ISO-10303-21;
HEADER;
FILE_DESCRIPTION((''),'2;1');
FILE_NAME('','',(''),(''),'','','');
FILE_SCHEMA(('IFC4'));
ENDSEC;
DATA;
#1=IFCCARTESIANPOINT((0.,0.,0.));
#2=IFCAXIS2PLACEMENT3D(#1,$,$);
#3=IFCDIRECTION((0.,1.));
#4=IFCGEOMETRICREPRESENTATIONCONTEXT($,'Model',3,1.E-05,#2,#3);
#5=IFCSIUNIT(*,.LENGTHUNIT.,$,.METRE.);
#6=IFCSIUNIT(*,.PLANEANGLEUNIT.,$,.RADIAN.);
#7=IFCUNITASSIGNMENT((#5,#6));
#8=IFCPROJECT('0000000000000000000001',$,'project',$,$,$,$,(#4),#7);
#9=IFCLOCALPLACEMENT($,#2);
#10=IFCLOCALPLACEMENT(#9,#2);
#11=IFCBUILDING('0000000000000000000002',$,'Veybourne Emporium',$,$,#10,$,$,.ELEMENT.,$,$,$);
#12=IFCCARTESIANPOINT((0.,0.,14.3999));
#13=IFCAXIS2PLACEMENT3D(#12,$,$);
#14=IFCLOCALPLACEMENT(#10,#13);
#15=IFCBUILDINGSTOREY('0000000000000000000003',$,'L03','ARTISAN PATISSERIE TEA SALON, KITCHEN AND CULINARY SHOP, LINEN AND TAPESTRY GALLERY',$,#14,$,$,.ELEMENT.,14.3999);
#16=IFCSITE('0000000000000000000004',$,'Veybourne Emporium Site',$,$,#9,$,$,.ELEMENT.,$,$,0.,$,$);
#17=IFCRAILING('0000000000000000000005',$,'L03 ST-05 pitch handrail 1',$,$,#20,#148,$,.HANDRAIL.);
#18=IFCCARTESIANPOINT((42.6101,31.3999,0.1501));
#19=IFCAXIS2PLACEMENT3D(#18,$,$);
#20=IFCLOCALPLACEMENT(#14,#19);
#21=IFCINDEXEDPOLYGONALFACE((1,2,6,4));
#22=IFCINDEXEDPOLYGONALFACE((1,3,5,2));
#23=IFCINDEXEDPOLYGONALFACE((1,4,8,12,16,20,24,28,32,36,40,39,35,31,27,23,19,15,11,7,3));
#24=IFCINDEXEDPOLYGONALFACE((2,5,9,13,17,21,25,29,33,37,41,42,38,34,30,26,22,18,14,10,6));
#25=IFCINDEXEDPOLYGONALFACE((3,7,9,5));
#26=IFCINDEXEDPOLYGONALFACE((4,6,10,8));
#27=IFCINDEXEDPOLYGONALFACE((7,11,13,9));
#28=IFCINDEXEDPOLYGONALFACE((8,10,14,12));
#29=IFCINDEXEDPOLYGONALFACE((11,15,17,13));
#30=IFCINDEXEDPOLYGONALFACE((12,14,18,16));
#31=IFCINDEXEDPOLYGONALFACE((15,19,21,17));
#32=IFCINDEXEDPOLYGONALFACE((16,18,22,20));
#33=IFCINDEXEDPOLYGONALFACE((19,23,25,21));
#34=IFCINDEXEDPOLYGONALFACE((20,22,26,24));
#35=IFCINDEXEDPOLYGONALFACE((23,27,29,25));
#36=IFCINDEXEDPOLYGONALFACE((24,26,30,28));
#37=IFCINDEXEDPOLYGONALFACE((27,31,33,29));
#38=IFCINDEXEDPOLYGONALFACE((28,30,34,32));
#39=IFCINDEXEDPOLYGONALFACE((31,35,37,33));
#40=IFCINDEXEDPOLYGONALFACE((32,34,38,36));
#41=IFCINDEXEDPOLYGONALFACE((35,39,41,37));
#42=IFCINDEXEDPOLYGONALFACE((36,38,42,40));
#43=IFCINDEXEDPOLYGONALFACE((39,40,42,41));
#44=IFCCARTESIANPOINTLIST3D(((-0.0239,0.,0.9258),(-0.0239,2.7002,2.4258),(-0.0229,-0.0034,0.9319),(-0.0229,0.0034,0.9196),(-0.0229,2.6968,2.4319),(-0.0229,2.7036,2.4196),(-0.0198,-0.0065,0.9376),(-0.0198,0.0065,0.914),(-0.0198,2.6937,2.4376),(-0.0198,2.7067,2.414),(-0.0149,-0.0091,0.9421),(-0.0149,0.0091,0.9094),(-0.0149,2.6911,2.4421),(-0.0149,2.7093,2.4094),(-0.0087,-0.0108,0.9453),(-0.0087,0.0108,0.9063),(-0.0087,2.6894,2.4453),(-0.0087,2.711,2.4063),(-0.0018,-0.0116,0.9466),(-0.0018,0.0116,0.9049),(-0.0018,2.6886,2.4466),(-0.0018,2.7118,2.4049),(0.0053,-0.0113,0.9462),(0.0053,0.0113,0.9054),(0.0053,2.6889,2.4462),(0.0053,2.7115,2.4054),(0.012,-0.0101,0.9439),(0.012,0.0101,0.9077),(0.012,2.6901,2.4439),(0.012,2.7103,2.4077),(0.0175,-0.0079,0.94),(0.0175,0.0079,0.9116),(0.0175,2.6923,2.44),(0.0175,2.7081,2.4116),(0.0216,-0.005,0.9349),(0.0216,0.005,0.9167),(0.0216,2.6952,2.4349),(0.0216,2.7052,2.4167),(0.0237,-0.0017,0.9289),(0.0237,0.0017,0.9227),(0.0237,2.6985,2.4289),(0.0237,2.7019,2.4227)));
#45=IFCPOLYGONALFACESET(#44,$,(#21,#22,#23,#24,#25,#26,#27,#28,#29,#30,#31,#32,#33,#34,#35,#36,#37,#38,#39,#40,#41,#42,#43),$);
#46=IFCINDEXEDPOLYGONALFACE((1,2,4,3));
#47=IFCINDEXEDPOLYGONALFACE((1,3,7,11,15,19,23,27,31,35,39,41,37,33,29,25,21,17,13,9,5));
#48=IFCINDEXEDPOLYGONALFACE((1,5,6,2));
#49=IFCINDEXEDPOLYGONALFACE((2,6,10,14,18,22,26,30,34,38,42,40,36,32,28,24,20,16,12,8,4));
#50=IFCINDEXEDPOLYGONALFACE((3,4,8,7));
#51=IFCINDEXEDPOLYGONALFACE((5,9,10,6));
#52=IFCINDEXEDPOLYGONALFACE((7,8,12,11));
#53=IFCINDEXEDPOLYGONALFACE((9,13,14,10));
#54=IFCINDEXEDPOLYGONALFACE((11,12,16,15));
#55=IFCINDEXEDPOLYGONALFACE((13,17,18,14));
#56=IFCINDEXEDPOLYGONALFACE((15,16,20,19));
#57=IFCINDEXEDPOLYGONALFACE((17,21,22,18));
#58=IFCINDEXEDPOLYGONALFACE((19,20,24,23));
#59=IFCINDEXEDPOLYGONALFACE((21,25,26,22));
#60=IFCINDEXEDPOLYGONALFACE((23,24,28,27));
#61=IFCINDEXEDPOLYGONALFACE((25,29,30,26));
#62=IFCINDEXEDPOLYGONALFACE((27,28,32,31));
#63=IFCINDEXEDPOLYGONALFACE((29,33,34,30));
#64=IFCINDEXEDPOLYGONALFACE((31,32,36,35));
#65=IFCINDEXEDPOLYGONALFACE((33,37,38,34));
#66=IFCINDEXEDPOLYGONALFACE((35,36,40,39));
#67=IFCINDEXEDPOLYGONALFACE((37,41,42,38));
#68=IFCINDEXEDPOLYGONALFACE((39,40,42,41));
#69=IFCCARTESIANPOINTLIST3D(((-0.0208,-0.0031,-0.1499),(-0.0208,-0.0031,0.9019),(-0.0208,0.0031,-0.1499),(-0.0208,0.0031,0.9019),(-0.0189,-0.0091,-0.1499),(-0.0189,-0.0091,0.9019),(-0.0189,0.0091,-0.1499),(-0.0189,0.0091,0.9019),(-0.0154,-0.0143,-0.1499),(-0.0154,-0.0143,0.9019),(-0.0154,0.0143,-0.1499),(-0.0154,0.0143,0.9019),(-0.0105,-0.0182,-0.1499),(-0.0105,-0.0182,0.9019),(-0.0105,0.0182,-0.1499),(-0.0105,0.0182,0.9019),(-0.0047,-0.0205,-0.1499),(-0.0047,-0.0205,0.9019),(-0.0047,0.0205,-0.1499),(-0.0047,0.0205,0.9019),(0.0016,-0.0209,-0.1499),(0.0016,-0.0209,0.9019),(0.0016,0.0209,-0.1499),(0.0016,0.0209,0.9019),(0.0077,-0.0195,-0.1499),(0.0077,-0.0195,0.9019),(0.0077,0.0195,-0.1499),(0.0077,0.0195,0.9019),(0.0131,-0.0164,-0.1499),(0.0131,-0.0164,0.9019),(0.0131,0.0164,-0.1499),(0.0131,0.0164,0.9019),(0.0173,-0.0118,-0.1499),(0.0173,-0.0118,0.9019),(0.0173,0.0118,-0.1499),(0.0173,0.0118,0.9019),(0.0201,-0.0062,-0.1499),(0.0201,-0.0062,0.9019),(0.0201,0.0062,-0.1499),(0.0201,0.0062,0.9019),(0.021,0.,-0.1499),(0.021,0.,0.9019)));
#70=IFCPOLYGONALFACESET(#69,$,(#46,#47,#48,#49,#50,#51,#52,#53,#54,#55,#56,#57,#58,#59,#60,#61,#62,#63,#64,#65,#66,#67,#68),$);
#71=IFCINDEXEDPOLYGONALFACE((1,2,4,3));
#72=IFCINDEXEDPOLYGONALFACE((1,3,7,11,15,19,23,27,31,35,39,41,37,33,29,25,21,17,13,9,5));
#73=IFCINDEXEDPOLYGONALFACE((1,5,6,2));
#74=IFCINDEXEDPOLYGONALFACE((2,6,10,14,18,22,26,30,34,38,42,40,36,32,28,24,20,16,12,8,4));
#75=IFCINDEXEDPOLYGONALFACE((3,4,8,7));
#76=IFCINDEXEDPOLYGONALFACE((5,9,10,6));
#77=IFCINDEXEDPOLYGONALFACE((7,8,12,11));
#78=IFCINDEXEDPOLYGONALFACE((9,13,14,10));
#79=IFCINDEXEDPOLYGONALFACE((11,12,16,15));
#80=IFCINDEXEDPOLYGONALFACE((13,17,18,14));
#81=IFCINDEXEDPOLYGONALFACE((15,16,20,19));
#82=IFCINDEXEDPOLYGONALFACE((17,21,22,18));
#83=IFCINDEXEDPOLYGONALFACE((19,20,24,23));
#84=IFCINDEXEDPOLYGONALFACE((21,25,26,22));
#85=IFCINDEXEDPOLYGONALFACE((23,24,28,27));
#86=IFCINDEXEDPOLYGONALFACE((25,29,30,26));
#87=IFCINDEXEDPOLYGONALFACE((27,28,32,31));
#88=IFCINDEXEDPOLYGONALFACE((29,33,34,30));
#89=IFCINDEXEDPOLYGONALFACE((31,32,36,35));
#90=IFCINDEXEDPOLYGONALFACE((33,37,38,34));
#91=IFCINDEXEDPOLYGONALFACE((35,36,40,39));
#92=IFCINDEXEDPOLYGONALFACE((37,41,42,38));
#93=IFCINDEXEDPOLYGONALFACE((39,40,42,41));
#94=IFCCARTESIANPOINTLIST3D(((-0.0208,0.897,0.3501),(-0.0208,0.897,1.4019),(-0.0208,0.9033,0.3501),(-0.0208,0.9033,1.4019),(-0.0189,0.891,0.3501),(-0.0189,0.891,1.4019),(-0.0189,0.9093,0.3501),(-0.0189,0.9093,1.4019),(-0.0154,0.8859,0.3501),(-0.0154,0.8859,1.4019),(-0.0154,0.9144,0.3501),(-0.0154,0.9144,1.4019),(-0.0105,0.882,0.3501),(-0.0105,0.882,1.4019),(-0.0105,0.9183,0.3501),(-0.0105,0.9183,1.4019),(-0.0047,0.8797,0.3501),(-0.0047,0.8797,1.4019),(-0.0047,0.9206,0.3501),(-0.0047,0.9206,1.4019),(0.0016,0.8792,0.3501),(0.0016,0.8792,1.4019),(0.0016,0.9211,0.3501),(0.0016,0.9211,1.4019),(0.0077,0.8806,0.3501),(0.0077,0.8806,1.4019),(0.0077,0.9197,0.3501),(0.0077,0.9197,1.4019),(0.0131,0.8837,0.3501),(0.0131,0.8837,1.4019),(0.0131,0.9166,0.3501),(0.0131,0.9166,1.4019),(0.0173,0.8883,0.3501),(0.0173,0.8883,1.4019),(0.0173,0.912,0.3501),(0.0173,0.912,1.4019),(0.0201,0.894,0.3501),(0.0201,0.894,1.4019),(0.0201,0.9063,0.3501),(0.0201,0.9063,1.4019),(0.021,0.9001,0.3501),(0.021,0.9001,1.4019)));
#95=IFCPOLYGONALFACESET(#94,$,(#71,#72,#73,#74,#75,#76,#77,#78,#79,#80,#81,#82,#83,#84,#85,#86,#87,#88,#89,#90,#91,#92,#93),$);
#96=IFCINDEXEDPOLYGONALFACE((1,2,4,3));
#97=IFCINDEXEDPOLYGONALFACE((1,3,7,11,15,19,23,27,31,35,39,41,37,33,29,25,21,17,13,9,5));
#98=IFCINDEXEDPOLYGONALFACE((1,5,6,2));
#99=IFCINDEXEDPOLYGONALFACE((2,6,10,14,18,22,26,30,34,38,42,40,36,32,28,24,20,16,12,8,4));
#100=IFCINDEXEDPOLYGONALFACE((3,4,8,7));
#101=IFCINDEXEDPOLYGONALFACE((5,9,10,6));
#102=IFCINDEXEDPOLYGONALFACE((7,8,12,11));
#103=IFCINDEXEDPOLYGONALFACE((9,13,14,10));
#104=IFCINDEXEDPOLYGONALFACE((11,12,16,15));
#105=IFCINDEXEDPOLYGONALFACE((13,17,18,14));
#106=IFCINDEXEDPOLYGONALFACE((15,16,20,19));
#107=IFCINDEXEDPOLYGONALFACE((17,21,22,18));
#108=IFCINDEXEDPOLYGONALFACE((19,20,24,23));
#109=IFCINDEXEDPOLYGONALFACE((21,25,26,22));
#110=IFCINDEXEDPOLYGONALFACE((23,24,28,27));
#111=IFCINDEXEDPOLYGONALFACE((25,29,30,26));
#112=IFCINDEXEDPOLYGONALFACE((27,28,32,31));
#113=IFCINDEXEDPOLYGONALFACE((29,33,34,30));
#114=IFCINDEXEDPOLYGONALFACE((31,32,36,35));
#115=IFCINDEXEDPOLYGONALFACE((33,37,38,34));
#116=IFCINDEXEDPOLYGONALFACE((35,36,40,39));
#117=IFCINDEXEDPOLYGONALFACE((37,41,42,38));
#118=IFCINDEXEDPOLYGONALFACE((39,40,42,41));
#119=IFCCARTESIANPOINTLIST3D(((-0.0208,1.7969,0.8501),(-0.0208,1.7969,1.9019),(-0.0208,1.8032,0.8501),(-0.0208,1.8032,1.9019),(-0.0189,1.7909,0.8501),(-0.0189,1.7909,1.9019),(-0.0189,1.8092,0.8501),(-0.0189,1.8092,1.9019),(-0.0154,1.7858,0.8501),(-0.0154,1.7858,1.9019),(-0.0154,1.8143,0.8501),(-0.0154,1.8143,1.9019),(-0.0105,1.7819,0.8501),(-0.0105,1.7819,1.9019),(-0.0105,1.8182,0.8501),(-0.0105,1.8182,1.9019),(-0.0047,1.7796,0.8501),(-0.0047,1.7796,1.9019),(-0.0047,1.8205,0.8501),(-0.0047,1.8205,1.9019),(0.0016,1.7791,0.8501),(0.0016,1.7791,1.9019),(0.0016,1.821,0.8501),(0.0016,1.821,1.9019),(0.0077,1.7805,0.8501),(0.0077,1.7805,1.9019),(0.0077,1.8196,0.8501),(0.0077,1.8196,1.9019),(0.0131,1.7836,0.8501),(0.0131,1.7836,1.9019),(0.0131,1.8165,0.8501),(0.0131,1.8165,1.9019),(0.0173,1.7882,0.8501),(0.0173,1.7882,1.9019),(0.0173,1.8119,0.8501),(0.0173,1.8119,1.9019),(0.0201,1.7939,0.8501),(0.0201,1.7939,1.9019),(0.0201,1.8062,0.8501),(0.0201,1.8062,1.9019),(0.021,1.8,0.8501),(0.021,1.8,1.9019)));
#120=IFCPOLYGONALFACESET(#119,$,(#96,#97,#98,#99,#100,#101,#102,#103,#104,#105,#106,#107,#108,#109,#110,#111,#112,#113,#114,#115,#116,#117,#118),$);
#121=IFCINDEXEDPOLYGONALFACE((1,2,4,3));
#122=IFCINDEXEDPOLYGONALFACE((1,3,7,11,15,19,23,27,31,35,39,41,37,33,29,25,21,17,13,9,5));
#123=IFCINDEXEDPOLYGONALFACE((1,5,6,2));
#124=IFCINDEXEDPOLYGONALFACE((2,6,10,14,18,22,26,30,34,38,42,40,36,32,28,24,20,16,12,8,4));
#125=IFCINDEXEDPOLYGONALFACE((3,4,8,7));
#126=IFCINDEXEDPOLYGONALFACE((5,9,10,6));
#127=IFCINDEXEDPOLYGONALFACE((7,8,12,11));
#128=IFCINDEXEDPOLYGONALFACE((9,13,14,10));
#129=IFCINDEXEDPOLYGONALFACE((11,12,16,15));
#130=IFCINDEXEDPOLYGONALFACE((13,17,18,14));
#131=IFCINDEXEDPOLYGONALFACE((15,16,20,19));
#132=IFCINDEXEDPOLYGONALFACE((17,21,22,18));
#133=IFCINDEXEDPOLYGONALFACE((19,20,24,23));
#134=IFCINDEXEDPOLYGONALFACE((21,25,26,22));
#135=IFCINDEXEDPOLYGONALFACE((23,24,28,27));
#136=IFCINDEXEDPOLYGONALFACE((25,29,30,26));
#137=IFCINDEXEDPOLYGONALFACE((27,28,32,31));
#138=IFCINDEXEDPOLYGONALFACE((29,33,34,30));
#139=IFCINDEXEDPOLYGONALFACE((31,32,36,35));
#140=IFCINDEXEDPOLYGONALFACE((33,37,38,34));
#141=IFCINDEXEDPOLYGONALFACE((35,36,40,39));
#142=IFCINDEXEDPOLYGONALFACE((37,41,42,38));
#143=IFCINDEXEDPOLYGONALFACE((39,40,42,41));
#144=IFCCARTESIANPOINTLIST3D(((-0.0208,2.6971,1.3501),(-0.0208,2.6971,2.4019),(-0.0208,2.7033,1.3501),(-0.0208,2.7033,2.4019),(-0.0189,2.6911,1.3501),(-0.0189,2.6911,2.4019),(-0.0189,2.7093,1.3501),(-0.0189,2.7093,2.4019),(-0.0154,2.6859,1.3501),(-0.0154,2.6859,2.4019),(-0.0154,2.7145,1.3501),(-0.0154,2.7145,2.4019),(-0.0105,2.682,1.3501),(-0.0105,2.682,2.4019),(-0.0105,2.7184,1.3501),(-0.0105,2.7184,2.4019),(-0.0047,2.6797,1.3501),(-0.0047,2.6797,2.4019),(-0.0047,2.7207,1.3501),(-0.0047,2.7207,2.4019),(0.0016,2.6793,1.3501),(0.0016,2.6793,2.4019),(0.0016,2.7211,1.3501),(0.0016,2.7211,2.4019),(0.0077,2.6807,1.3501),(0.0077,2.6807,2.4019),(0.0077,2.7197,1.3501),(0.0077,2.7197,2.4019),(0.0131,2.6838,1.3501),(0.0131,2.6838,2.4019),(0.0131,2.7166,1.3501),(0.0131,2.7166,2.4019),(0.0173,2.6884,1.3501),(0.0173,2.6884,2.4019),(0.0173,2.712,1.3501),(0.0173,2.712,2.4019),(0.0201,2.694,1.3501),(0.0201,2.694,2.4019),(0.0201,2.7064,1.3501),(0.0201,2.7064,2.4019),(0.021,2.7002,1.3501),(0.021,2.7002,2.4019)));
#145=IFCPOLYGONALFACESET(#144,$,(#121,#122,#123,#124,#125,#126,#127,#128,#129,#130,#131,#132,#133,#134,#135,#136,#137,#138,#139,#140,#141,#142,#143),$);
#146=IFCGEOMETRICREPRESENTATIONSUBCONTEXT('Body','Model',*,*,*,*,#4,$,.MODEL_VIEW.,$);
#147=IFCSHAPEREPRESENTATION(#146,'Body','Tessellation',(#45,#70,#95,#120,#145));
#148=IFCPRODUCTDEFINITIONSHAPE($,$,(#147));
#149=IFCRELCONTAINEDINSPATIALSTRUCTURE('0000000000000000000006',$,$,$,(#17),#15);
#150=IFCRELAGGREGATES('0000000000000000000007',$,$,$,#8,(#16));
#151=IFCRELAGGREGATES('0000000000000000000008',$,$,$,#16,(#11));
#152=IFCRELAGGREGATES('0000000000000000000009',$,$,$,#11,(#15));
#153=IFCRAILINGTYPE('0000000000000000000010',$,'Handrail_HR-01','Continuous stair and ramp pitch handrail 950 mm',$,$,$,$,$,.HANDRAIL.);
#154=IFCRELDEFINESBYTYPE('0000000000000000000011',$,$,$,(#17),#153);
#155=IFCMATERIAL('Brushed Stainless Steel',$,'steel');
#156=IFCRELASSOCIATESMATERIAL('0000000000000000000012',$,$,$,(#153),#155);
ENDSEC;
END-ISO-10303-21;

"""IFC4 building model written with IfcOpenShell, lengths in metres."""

from ifc_helpers import new_model, si_unit, direction, frame, origin, origin_2d, place, context, subcontext, project, spatial, circle, extrude, material, type_object, element, save


model = new_model("IFC4")

# Units and contexts
model_context = context("Model", 3, precision=1e-05, world=origin(), true_north=direction((0.0, 1.0)))
body_context = subcontext(model_context, "Body", "Model", "MODEL_VIEW")
ifc_project = project(units=[si_unit("LENGTHUNIT", "METRE"), si_unit("PLANEANGLEUNIT", "RADIAN")], contexts=[model_context])

# Site, building, storey
site_placement = place(None, origin())
site = spatial("IfcSite", under=ifc_project, at=site_placement, Name="Veybourne Emporium Site", CompositionType="ELEMENT", RefElevation=0.0)
building_placement = place(site_placement, origin())
building = spatial("IfcBuilding", under=site, at=building_placement, Name="Veybourne Emporium", CompositionType="ELEMENT")
storey_placement = place(building_placement, frame((0.0, 0.0, 14.3999)))
storey = spatial("IfcBuildingStorey", under=building, at=storey_placement, Name="L03", Description="ARTISAN PATISSERIE TEA SALON, KITCHEN AND CULINARY SHOP, LINEN AND TAPESTRY GALLERY", CompositionType="ELEMENT", Elevation=14.3999)

# Railing
ifc_material_1 = material(Name="Brushed Stainless Steel", Category="steel")
railing_type_1 = type_object("IfcRailingType", Name="Handrail_HR-01", Description="Continuous stair and ramp pitch handrail 950 mm", PredefinedType="HANDRAIL", material=ifc_material_1)
railing_1_placement = place(storey_placement, frame((42.6101, 31.3999, 0.1501)))
element("IfcRailing", 1, at=railing_1_placement, inside=storey, type_object=railing_type_1, Name="L03 ST-05 pitch handrail 1", PredefinedType="HANDRAIL", context=body_context, shape_type="SweptSolid", body=[
    extrude(circle(Radius=0.0239, at=origin_2d()), frame((0.0, 0.0, 0.9258), z_axis=(0.0, 0.874172, 0.485616), x_axis=(-1.0, 0.0, 0.0)), (0.0, 0.0, 1.0), 3.0889),
    extrude(circle(Radius=0.021, at=origin_2d()), frame((0.0, 0.0, -0.1499)), (0.0, 0.0, 1.0), 1.0518),
    extrude(circle(Radius=0.021, at=origin_2d()), frame((0.0, 0.9001, 0.3501)), (0.0, 0.0, 1.0), 1.0518),
    extrude(circle(Radius=0.021, at=origin_2d()), frame((0.0, 1.8, 0.8501)), (0.0, 0.0, 1.0), 1.0518),
    extrude(circle(Radius=0.021, at=origin_2d()), frame((0.0, 2.7002, 1.3501)), (0.0, 0.0, 1.0), 1.0518),
])

save(model, "model.ifc")
